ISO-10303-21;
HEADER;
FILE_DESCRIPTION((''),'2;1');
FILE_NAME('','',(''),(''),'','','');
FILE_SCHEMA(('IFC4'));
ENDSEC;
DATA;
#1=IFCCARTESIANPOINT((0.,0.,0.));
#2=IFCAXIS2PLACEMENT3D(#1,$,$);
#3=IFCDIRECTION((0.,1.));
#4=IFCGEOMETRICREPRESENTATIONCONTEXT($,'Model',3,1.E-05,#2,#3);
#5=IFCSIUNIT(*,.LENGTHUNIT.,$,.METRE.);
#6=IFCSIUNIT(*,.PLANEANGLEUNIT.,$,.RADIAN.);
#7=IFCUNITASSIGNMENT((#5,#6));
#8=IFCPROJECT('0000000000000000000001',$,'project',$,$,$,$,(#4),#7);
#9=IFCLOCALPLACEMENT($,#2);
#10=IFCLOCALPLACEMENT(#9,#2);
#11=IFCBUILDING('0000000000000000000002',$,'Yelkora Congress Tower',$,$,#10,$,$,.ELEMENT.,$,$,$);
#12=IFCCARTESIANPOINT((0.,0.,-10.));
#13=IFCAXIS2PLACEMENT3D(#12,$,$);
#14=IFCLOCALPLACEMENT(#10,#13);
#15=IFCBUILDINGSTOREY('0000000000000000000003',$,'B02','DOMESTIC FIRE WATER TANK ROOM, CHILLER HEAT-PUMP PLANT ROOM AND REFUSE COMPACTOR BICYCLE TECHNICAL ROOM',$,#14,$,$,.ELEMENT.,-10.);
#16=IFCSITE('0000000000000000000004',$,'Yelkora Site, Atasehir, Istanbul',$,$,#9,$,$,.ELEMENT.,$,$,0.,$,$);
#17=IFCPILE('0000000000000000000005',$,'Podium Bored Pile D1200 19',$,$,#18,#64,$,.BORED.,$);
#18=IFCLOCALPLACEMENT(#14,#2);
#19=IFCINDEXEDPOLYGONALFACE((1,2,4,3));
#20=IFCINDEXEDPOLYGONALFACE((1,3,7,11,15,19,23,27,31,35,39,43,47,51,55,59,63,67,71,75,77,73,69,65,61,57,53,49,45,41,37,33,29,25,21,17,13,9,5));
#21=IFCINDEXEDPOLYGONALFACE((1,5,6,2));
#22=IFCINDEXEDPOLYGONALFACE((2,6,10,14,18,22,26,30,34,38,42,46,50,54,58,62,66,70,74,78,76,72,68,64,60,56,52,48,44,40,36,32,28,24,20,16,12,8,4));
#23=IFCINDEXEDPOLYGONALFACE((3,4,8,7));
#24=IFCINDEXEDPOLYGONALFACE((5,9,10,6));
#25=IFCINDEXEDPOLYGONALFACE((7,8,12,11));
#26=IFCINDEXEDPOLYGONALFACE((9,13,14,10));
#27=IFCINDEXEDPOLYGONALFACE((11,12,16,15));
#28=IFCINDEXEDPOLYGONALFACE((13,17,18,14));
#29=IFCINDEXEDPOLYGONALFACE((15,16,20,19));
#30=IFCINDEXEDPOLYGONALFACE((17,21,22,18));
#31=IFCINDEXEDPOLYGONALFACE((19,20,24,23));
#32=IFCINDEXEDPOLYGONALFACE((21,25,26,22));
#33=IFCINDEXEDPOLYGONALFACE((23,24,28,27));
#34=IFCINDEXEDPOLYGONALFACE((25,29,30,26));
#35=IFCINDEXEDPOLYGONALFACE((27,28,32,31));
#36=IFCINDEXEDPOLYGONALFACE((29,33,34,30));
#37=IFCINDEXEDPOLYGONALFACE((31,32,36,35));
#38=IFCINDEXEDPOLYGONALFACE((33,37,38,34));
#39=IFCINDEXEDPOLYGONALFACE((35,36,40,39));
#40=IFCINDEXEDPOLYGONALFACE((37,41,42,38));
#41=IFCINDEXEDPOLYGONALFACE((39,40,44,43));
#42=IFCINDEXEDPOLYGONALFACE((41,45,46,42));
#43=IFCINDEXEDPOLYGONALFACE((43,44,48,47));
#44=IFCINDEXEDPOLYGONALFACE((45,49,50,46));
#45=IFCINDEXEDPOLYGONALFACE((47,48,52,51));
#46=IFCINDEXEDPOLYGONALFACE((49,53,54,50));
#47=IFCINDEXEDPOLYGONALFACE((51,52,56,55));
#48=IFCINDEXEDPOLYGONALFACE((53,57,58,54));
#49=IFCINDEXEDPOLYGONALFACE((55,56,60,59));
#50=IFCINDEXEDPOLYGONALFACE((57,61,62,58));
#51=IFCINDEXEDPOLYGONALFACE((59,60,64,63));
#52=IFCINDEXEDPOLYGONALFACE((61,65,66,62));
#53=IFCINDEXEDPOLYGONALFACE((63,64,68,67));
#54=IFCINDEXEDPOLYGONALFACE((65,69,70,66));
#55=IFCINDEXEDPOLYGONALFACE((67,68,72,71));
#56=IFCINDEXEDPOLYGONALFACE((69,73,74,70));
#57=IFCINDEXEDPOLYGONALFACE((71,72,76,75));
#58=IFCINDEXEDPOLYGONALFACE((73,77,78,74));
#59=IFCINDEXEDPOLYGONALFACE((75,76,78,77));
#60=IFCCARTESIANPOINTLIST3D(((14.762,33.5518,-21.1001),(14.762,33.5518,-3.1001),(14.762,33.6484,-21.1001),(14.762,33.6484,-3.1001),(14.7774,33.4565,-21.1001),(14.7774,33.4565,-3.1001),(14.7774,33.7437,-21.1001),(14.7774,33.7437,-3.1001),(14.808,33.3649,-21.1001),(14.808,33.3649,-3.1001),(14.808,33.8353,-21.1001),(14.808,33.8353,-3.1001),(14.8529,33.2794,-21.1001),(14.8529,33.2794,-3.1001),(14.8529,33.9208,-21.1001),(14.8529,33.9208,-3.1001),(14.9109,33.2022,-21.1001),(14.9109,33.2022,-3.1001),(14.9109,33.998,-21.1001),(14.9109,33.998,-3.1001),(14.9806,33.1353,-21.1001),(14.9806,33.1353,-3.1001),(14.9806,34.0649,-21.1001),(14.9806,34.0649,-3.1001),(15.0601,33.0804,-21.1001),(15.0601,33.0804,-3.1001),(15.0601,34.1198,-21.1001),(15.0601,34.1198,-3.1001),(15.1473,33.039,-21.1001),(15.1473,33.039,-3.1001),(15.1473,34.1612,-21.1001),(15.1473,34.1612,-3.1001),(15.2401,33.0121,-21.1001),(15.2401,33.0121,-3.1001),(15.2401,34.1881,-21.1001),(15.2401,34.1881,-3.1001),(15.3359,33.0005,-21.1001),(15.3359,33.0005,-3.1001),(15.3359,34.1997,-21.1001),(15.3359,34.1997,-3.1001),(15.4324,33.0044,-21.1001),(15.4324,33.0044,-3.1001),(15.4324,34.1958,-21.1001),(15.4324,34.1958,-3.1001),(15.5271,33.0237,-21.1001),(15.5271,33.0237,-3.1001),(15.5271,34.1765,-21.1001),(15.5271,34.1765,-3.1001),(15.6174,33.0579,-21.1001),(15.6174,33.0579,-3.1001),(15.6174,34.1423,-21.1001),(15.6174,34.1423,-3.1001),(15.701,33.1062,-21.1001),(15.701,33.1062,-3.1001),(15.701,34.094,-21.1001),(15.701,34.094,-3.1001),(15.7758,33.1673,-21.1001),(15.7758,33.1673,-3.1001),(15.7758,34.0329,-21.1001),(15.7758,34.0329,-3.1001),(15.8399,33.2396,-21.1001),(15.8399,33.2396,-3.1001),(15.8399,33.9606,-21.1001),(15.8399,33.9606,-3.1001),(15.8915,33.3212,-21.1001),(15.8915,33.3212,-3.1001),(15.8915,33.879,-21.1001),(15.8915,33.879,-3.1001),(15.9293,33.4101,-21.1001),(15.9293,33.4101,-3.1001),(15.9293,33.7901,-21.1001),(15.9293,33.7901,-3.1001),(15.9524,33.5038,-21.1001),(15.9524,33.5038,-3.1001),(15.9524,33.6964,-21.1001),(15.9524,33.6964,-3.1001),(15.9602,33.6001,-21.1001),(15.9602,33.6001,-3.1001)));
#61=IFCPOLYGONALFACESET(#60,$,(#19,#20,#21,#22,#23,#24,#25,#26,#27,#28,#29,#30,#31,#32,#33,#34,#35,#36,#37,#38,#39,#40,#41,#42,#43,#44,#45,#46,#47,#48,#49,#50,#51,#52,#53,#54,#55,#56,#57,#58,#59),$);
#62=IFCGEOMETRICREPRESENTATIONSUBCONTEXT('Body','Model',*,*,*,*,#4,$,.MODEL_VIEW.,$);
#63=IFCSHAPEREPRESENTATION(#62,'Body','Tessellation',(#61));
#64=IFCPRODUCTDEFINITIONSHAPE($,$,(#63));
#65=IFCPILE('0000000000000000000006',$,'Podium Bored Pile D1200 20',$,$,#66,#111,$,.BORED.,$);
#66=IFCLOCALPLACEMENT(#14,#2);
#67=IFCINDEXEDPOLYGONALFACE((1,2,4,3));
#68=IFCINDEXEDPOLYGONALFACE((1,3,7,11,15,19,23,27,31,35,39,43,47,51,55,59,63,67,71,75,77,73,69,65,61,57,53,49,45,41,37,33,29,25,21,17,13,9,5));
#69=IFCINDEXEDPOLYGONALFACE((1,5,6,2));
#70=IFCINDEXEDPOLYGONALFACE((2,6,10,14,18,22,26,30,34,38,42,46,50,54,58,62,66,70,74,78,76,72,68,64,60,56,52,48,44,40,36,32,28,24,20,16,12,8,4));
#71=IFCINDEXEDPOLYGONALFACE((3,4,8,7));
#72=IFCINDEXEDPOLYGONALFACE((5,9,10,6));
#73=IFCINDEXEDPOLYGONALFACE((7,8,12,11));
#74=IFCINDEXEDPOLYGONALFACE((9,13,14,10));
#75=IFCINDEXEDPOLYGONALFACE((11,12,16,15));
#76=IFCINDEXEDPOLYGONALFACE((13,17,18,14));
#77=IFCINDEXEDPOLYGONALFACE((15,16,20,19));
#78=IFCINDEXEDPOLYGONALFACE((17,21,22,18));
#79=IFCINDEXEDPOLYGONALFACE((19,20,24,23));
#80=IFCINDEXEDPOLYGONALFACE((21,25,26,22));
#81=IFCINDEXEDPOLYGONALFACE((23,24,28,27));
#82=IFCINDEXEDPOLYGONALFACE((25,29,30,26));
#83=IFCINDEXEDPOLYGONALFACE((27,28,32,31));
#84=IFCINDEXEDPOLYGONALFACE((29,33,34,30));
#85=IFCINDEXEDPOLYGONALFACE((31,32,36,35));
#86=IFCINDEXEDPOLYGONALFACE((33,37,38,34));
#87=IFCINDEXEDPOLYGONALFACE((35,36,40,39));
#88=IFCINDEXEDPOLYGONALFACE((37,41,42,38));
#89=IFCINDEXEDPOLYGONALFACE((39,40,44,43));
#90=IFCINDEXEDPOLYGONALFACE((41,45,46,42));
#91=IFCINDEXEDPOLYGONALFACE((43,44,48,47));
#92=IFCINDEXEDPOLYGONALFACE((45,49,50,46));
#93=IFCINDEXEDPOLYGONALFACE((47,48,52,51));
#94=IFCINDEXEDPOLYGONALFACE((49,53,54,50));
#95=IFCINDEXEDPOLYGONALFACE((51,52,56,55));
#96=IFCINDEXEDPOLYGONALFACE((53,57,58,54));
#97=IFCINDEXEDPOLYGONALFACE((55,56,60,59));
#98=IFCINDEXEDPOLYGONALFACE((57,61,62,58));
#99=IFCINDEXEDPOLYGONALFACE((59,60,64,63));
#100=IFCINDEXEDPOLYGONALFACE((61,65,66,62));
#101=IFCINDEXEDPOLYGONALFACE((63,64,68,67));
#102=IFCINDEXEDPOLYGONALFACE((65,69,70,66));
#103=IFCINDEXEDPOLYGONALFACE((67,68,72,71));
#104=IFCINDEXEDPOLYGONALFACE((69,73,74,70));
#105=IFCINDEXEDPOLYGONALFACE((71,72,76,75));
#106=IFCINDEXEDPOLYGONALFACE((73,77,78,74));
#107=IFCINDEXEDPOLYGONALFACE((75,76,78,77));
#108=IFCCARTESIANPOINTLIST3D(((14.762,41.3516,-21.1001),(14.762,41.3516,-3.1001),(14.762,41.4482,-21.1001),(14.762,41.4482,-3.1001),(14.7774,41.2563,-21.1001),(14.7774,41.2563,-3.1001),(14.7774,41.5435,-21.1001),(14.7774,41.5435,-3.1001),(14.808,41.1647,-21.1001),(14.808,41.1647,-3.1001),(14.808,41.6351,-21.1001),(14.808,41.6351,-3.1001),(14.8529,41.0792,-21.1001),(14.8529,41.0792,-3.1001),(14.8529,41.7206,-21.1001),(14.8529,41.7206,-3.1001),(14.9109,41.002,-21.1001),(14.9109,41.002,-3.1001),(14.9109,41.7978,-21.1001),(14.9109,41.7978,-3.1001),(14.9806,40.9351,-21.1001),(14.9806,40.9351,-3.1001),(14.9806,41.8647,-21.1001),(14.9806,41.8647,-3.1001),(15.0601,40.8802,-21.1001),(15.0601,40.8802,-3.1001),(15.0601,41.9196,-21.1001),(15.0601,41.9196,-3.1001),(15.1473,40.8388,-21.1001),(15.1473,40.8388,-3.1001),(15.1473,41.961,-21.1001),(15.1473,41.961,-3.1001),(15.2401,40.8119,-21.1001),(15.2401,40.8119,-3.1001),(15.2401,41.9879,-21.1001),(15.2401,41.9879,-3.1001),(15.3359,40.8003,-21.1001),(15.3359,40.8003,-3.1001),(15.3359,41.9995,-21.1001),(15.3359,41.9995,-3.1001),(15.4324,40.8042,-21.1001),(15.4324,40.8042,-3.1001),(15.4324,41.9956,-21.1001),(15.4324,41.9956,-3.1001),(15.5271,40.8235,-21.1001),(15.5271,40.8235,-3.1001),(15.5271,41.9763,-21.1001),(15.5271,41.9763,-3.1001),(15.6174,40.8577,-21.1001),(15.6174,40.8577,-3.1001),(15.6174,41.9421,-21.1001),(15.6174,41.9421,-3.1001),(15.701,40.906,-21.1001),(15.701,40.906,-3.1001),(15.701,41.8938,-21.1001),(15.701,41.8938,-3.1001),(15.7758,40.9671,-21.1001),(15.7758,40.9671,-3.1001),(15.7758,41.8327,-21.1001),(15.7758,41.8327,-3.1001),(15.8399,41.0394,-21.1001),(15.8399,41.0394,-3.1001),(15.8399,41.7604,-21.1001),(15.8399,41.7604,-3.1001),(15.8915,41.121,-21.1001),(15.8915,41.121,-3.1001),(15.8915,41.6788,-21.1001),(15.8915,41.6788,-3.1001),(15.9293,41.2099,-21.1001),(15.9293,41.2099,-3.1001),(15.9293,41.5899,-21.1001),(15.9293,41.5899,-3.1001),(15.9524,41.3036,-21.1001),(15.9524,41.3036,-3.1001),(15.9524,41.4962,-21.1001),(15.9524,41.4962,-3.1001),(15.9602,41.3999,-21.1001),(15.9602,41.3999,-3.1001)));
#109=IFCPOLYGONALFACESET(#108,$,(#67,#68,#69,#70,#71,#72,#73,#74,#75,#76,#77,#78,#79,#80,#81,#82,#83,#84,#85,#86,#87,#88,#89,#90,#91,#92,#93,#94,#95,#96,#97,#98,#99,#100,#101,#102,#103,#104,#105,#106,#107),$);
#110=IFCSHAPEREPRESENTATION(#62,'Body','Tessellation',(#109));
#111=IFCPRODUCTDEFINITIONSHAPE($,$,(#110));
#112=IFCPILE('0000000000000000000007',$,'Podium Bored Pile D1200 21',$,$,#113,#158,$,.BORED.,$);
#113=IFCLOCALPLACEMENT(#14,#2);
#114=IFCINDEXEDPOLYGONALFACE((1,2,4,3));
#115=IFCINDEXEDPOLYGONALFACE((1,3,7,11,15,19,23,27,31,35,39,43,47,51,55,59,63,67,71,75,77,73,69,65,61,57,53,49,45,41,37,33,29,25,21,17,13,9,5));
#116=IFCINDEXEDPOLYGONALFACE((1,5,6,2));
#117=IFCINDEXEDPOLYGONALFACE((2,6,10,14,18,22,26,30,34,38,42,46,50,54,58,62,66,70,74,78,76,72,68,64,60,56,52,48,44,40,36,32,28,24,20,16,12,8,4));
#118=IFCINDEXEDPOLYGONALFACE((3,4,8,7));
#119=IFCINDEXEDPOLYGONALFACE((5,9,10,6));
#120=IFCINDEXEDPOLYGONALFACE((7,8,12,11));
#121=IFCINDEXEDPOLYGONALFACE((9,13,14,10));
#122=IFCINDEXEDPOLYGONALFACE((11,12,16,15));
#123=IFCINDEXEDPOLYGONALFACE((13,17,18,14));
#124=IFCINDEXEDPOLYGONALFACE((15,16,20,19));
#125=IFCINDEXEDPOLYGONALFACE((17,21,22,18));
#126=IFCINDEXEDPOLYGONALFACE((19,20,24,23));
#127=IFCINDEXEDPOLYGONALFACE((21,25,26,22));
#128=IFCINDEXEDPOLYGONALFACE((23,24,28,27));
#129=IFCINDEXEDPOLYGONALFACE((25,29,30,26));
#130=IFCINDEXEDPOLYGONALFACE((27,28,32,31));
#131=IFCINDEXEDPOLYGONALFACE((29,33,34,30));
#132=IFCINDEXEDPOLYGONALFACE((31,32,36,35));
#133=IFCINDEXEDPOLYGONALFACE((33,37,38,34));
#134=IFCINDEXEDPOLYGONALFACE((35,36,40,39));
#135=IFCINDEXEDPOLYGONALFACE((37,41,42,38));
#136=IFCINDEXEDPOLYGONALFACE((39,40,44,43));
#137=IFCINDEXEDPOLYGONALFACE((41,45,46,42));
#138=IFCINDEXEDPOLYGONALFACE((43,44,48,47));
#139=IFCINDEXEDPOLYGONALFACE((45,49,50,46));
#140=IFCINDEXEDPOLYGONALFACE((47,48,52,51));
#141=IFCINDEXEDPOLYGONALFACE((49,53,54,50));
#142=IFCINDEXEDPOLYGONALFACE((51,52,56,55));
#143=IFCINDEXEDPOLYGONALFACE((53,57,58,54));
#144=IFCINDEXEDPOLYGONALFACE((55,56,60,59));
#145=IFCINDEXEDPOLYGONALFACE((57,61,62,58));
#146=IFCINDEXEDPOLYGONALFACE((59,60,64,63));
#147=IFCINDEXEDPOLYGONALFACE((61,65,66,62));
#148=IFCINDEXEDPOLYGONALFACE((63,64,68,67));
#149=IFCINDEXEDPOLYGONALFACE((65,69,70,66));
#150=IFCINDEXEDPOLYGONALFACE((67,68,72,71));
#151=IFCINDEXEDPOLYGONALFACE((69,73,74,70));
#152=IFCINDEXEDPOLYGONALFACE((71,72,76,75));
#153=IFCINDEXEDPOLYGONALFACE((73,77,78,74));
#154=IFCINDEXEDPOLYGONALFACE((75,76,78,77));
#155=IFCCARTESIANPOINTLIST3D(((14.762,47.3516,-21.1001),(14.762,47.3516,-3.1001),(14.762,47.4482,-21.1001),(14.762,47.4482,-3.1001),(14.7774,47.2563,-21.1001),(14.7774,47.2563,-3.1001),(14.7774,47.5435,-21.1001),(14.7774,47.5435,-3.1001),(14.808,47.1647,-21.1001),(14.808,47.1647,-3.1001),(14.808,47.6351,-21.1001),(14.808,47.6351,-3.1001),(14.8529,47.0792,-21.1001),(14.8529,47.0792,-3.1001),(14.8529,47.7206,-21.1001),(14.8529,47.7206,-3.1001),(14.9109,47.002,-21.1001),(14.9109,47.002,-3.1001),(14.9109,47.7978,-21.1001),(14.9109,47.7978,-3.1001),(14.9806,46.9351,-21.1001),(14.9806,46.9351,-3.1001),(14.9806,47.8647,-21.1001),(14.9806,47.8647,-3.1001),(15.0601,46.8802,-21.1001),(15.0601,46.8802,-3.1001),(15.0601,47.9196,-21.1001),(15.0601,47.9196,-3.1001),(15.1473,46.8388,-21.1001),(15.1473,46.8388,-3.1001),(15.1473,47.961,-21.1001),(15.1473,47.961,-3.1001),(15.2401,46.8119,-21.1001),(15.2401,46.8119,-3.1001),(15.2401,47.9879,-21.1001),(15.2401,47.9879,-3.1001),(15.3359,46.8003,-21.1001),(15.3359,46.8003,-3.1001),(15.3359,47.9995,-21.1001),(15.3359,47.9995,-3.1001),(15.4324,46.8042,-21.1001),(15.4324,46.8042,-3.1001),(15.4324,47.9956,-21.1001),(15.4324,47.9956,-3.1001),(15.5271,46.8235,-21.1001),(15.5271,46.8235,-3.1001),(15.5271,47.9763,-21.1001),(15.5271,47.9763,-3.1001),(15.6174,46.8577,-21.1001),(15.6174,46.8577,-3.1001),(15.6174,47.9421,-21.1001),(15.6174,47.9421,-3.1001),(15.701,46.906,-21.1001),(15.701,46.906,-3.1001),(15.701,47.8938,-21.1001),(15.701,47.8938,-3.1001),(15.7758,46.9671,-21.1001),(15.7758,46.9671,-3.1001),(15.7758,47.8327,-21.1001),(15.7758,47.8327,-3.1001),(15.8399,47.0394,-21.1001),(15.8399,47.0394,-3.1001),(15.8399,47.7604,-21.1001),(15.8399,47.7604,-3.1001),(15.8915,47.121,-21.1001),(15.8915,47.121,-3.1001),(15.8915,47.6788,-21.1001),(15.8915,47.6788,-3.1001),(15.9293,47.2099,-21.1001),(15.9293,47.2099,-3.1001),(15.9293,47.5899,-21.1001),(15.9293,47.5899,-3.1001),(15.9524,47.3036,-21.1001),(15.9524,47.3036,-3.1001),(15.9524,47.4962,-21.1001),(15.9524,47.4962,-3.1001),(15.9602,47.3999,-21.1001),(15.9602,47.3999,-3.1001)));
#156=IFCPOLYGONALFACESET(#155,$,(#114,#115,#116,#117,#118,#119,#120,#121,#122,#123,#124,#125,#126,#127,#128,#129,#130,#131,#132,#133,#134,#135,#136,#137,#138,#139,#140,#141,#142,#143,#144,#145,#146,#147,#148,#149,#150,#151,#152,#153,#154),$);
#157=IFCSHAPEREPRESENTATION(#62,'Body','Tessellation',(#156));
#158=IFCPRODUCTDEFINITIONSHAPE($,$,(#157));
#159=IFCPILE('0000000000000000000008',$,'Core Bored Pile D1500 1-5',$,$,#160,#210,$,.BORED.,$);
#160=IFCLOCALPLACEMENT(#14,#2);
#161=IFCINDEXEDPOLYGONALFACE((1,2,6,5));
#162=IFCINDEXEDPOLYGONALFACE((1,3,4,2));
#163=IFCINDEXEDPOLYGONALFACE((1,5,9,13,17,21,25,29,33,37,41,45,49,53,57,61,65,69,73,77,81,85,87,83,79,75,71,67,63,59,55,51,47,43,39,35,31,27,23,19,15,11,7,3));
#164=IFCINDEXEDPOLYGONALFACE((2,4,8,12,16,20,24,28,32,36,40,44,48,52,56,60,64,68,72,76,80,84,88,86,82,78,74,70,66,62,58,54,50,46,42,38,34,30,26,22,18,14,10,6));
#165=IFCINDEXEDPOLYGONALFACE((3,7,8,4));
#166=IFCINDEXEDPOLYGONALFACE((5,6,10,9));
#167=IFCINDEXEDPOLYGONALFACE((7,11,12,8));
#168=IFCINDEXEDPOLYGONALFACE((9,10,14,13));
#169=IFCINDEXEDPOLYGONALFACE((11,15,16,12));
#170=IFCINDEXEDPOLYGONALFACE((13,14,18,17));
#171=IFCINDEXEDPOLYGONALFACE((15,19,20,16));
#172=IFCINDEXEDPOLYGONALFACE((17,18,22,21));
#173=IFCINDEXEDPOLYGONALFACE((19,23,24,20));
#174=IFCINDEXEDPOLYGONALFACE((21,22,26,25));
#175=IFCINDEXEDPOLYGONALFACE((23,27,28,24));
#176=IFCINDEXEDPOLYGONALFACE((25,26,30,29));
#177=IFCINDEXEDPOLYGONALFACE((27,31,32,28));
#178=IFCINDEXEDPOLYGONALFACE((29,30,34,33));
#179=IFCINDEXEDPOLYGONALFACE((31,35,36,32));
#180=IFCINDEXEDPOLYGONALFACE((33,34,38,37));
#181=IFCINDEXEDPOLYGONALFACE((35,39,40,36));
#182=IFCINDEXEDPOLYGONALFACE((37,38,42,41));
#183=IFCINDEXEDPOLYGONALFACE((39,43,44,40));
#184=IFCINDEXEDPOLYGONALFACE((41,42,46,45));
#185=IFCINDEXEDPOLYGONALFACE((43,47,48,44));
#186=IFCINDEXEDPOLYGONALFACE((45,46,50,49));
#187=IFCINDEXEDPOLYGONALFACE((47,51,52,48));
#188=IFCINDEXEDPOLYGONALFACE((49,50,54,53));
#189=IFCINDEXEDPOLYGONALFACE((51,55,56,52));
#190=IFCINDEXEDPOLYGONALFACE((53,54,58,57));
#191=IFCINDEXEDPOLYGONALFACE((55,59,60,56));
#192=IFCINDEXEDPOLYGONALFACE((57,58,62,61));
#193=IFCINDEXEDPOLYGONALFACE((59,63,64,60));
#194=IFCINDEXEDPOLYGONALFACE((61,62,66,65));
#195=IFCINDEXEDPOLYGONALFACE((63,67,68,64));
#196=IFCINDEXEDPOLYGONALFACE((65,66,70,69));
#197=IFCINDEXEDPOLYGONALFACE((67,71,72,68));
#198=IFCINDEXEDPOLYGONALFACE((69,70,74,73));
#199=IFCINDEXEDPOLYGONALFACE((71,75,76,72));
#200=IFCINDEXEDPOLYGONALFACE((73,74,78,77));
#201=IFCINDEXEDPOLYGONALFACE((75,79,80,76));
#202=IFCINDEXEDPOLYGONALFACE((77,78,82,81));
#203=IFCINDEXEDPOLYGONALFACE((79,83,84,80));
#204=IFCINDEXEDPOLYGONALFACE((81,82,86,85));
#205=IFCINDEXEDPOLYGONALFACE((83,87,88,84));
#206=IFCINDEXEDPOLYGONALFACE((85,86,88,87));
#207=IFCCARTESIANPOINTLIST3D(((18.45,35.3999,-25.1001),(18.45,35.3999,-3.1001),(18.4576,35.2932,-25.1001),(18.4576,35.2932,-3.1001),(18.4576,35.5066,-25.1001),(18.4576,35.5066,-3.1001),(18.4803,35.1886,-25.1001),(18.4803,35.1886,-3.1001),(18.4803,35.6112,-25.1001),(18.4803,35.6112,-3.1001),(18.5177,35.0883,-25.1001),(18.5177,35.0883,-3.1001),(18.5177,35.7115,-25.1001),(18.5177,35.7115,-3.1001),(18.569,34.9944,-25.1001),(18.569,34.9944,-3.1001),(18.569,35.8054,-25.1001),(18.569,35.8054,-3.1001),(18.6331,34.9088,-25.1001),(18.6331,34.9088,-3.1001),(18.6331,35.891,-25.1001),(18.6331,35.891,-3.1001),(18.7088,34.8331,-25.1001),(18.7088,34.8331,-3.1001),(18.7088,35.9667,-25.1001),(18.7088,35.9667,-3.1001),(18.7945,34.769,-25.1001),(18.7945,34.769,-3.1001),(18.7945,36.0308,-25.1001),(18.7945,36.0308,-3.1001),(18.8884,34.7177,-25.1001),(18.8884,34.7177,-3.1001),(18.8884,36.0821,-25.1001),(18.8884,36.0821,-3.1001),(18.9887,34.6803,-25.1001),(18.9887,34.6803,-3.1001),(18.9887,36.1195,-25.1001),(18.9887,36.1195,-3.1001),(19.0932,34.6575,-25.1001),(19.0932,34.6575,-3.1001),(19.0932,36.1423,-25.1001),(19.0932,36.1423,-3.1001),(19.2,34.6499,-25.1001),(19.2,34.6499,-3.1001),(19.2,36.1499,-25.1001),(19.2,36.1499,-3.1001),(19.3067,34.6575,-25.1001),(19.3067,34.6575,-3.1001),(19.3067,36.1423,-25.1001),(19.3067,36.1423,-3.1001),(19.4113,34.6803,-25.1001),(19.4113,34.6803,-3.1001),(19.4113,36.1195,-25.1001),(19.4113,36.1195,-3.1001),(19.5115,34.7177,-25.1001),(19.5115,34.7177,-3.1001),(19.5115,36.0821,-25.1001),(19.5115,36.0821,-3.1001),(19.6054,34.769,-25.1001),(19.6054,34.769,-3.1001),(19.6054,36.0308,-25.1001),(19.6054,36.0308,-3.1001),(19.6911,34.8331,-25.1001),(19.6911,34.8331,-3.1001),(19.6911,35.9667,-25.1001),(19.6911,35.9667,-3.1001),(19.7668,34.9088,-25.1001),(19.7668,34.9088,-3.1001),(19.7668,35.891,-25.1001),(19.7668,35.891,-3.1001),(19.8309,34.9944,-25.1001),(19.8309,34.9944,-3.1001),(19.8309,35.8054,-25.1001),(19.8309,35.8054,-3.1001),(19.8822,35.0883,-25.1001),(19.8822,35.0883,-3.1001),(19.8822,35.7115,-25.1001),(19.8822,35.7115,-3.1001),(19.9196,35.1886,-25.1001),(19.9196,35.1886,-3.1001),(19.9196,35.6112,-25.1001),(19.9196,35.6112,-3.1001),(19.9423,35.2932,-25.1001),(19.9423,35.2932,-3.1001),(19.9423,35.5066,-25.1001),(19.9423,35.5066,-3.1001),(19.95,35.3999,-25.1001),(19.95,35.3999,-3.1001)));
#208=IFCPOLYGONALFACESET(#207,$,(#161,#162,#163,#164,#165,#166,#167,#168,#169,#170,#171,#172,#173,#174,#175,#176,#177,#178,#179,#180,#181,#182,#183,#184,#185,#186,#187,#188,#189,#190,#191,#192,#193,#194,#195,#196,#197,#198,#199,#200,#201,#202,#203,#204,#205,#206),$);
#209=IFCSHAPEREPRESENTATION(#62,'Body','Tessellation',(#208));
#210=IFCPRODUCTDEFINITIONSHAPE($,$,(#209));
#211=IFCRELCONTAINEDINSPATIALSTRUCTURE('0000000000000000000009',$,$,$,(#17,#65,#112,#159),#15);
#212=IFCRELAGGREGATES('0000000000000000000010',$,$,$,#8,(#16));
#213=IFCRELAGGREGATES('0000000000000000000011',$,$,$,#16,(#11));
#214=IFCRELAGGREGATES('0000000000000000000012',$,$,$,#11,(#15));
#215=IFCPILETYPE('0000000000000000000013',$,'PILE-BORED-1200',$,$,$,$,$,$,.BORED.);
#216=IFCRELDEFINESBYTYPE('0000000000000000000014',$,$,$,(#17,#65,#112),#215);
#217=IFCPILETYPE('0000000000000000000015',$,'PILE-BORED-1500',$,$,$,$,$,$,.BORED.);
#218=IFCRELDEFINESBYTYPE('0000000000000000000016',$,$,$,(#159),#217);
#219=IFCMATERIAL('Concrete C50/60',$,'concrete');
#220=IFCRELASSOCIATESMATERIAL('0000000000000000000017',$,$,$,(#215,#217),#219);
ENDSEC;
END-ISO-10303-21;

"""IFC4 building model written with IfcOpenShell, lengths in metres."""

from ifc_helpers import new_model, si_unit, direction, frame, origin, origin_2d, place, context, subcontext, project, spatial, circle, extrude, material, material_profile, profile_set, type_object, element, save


model = new_model("IFC4")

# Units and contexts
model_context = context("Model", 3, precision=1e-05, world=origin(), true_north=direction((0.0, 1.0)))
body_context = subcontext(model_context, "Body", "Model", "MODEL_VIEW")
ifc_project = project(units=[si_unit("LENGTHUNIT", "METRE"), si_unit("PLANEANGLEUNIT", "RADIAN")], contexts=[model_context])

# Site, building, storey
site_placement = place(None, origin())
site = spatial("IfcSite", under=ifc_project, at=site_placement, Name="Yelkora Site, Atasehir, Istanbul", CompositionType="ELEMENT", RefElevation=0.0)
building_placement = place(site_placement, origin())
building = spatial("IfcBuilding", under=site, at=building_placement, Name="Yelkora Congress Tower", CompositionType="ELEMENT")
storey_placement = place(building_placement, frame((0.0, 0.0, -10.0)))
storey = spatial("IfcBuildingStorey", under=building, at=storey_placement, Name="B02", Description="DOMESTIC FIRE WATER TANK ROOM, CHILLER HEAT-PUMP PLANT ROOM AND REFUSE COMPACTOR BICYCLE TECHNICAL ROOM", CompositionType="ELEMENT", Elevation=-10.0)

# Piles
ifc_material_1 = material(Name="Concrete C50/60", Category="concrete")
ifc_material_profile_1 = material_profile(ifc_material_1, circle(Radius=0.6001, at=origin_2d()), Name="PILE D1200")
ifc_profile_set_1 = profile_set([ifc_material_profile_1], Name="Concrete C50/60")
pile_type_1 = type_object("IfcPileType", Name="PILE-BORED-1200", PredefinedType="BORED", material=ifc_profile_set_1)
for number, where, z_axis, x_axis, name in (
    (1, (15.3601, 33.6001, -3.1001), (0.0, 0.0, -1.0), (1.0, 0.0, 0.0), "Podium Bored Pile D1200 19"),
    (2, (15.3601, 41.3999, -3.1001), (0.0, 0.0, -1.0), (1.0, 0.0, 0.0), "Podium Bored Pile D1200 20"),
    (3, (15.3601, 47.3999, -3.1001), (0.0, 0.0, -1.0), (1.0, 0.0, 0.0), "Podium Bored Pile D1200 21"),
):
    element("IfcPile", number, at=place(storey_placement, frame(where, z_axis=z_axis, x_axis=x_axis)), inside=storey, type_object=pile_type_1, Name=name, PredefinedType="BORED", context=body_context, shape_type="SweptSolid", body=[
        extrude(circle(Radius=0.6001, at=origin_2d()), origin(), (0.0, 0.0, 1.0), 18.0),
    ])
ifc_material_profile_2 = material_profile(ifc_material_1, circle(Radius=0.75, at=origin_2d()), Name="PILE D1500")
ifc_profile_set_2 = profile_set([ifc_material_profile_2], Name="Concrete C50/60")
pile_type_2 = type_object("IfcPileType", Name="PILE-BORED-1500", PredefinedType="BORED", material=ifc_profile_set_2)
for number, where, z_axis, x_axis, name in (
    (4, (19.2, 35.3999, -3.1001), (0.0, 0.0, -1.0), (1.0, 0.0, 0.0), "Core Bored Pile D1500 1-5"),
):
    element("IfcPile", number, at=place(storey_placement, frame(where, z_axis=z_axis, x_axis=x_axis)), inside=storey, type_object=pile_type_2, Name=name, PredefinedType="BORED", context=body_context, shape_type="SweptSolid", body=[
        extrude(circle(Radius=0.75, at=origin_2d()), origin(), (0.0, 0.0, 1.0), 22.0),
    ])

save(model, "model.ifc")
